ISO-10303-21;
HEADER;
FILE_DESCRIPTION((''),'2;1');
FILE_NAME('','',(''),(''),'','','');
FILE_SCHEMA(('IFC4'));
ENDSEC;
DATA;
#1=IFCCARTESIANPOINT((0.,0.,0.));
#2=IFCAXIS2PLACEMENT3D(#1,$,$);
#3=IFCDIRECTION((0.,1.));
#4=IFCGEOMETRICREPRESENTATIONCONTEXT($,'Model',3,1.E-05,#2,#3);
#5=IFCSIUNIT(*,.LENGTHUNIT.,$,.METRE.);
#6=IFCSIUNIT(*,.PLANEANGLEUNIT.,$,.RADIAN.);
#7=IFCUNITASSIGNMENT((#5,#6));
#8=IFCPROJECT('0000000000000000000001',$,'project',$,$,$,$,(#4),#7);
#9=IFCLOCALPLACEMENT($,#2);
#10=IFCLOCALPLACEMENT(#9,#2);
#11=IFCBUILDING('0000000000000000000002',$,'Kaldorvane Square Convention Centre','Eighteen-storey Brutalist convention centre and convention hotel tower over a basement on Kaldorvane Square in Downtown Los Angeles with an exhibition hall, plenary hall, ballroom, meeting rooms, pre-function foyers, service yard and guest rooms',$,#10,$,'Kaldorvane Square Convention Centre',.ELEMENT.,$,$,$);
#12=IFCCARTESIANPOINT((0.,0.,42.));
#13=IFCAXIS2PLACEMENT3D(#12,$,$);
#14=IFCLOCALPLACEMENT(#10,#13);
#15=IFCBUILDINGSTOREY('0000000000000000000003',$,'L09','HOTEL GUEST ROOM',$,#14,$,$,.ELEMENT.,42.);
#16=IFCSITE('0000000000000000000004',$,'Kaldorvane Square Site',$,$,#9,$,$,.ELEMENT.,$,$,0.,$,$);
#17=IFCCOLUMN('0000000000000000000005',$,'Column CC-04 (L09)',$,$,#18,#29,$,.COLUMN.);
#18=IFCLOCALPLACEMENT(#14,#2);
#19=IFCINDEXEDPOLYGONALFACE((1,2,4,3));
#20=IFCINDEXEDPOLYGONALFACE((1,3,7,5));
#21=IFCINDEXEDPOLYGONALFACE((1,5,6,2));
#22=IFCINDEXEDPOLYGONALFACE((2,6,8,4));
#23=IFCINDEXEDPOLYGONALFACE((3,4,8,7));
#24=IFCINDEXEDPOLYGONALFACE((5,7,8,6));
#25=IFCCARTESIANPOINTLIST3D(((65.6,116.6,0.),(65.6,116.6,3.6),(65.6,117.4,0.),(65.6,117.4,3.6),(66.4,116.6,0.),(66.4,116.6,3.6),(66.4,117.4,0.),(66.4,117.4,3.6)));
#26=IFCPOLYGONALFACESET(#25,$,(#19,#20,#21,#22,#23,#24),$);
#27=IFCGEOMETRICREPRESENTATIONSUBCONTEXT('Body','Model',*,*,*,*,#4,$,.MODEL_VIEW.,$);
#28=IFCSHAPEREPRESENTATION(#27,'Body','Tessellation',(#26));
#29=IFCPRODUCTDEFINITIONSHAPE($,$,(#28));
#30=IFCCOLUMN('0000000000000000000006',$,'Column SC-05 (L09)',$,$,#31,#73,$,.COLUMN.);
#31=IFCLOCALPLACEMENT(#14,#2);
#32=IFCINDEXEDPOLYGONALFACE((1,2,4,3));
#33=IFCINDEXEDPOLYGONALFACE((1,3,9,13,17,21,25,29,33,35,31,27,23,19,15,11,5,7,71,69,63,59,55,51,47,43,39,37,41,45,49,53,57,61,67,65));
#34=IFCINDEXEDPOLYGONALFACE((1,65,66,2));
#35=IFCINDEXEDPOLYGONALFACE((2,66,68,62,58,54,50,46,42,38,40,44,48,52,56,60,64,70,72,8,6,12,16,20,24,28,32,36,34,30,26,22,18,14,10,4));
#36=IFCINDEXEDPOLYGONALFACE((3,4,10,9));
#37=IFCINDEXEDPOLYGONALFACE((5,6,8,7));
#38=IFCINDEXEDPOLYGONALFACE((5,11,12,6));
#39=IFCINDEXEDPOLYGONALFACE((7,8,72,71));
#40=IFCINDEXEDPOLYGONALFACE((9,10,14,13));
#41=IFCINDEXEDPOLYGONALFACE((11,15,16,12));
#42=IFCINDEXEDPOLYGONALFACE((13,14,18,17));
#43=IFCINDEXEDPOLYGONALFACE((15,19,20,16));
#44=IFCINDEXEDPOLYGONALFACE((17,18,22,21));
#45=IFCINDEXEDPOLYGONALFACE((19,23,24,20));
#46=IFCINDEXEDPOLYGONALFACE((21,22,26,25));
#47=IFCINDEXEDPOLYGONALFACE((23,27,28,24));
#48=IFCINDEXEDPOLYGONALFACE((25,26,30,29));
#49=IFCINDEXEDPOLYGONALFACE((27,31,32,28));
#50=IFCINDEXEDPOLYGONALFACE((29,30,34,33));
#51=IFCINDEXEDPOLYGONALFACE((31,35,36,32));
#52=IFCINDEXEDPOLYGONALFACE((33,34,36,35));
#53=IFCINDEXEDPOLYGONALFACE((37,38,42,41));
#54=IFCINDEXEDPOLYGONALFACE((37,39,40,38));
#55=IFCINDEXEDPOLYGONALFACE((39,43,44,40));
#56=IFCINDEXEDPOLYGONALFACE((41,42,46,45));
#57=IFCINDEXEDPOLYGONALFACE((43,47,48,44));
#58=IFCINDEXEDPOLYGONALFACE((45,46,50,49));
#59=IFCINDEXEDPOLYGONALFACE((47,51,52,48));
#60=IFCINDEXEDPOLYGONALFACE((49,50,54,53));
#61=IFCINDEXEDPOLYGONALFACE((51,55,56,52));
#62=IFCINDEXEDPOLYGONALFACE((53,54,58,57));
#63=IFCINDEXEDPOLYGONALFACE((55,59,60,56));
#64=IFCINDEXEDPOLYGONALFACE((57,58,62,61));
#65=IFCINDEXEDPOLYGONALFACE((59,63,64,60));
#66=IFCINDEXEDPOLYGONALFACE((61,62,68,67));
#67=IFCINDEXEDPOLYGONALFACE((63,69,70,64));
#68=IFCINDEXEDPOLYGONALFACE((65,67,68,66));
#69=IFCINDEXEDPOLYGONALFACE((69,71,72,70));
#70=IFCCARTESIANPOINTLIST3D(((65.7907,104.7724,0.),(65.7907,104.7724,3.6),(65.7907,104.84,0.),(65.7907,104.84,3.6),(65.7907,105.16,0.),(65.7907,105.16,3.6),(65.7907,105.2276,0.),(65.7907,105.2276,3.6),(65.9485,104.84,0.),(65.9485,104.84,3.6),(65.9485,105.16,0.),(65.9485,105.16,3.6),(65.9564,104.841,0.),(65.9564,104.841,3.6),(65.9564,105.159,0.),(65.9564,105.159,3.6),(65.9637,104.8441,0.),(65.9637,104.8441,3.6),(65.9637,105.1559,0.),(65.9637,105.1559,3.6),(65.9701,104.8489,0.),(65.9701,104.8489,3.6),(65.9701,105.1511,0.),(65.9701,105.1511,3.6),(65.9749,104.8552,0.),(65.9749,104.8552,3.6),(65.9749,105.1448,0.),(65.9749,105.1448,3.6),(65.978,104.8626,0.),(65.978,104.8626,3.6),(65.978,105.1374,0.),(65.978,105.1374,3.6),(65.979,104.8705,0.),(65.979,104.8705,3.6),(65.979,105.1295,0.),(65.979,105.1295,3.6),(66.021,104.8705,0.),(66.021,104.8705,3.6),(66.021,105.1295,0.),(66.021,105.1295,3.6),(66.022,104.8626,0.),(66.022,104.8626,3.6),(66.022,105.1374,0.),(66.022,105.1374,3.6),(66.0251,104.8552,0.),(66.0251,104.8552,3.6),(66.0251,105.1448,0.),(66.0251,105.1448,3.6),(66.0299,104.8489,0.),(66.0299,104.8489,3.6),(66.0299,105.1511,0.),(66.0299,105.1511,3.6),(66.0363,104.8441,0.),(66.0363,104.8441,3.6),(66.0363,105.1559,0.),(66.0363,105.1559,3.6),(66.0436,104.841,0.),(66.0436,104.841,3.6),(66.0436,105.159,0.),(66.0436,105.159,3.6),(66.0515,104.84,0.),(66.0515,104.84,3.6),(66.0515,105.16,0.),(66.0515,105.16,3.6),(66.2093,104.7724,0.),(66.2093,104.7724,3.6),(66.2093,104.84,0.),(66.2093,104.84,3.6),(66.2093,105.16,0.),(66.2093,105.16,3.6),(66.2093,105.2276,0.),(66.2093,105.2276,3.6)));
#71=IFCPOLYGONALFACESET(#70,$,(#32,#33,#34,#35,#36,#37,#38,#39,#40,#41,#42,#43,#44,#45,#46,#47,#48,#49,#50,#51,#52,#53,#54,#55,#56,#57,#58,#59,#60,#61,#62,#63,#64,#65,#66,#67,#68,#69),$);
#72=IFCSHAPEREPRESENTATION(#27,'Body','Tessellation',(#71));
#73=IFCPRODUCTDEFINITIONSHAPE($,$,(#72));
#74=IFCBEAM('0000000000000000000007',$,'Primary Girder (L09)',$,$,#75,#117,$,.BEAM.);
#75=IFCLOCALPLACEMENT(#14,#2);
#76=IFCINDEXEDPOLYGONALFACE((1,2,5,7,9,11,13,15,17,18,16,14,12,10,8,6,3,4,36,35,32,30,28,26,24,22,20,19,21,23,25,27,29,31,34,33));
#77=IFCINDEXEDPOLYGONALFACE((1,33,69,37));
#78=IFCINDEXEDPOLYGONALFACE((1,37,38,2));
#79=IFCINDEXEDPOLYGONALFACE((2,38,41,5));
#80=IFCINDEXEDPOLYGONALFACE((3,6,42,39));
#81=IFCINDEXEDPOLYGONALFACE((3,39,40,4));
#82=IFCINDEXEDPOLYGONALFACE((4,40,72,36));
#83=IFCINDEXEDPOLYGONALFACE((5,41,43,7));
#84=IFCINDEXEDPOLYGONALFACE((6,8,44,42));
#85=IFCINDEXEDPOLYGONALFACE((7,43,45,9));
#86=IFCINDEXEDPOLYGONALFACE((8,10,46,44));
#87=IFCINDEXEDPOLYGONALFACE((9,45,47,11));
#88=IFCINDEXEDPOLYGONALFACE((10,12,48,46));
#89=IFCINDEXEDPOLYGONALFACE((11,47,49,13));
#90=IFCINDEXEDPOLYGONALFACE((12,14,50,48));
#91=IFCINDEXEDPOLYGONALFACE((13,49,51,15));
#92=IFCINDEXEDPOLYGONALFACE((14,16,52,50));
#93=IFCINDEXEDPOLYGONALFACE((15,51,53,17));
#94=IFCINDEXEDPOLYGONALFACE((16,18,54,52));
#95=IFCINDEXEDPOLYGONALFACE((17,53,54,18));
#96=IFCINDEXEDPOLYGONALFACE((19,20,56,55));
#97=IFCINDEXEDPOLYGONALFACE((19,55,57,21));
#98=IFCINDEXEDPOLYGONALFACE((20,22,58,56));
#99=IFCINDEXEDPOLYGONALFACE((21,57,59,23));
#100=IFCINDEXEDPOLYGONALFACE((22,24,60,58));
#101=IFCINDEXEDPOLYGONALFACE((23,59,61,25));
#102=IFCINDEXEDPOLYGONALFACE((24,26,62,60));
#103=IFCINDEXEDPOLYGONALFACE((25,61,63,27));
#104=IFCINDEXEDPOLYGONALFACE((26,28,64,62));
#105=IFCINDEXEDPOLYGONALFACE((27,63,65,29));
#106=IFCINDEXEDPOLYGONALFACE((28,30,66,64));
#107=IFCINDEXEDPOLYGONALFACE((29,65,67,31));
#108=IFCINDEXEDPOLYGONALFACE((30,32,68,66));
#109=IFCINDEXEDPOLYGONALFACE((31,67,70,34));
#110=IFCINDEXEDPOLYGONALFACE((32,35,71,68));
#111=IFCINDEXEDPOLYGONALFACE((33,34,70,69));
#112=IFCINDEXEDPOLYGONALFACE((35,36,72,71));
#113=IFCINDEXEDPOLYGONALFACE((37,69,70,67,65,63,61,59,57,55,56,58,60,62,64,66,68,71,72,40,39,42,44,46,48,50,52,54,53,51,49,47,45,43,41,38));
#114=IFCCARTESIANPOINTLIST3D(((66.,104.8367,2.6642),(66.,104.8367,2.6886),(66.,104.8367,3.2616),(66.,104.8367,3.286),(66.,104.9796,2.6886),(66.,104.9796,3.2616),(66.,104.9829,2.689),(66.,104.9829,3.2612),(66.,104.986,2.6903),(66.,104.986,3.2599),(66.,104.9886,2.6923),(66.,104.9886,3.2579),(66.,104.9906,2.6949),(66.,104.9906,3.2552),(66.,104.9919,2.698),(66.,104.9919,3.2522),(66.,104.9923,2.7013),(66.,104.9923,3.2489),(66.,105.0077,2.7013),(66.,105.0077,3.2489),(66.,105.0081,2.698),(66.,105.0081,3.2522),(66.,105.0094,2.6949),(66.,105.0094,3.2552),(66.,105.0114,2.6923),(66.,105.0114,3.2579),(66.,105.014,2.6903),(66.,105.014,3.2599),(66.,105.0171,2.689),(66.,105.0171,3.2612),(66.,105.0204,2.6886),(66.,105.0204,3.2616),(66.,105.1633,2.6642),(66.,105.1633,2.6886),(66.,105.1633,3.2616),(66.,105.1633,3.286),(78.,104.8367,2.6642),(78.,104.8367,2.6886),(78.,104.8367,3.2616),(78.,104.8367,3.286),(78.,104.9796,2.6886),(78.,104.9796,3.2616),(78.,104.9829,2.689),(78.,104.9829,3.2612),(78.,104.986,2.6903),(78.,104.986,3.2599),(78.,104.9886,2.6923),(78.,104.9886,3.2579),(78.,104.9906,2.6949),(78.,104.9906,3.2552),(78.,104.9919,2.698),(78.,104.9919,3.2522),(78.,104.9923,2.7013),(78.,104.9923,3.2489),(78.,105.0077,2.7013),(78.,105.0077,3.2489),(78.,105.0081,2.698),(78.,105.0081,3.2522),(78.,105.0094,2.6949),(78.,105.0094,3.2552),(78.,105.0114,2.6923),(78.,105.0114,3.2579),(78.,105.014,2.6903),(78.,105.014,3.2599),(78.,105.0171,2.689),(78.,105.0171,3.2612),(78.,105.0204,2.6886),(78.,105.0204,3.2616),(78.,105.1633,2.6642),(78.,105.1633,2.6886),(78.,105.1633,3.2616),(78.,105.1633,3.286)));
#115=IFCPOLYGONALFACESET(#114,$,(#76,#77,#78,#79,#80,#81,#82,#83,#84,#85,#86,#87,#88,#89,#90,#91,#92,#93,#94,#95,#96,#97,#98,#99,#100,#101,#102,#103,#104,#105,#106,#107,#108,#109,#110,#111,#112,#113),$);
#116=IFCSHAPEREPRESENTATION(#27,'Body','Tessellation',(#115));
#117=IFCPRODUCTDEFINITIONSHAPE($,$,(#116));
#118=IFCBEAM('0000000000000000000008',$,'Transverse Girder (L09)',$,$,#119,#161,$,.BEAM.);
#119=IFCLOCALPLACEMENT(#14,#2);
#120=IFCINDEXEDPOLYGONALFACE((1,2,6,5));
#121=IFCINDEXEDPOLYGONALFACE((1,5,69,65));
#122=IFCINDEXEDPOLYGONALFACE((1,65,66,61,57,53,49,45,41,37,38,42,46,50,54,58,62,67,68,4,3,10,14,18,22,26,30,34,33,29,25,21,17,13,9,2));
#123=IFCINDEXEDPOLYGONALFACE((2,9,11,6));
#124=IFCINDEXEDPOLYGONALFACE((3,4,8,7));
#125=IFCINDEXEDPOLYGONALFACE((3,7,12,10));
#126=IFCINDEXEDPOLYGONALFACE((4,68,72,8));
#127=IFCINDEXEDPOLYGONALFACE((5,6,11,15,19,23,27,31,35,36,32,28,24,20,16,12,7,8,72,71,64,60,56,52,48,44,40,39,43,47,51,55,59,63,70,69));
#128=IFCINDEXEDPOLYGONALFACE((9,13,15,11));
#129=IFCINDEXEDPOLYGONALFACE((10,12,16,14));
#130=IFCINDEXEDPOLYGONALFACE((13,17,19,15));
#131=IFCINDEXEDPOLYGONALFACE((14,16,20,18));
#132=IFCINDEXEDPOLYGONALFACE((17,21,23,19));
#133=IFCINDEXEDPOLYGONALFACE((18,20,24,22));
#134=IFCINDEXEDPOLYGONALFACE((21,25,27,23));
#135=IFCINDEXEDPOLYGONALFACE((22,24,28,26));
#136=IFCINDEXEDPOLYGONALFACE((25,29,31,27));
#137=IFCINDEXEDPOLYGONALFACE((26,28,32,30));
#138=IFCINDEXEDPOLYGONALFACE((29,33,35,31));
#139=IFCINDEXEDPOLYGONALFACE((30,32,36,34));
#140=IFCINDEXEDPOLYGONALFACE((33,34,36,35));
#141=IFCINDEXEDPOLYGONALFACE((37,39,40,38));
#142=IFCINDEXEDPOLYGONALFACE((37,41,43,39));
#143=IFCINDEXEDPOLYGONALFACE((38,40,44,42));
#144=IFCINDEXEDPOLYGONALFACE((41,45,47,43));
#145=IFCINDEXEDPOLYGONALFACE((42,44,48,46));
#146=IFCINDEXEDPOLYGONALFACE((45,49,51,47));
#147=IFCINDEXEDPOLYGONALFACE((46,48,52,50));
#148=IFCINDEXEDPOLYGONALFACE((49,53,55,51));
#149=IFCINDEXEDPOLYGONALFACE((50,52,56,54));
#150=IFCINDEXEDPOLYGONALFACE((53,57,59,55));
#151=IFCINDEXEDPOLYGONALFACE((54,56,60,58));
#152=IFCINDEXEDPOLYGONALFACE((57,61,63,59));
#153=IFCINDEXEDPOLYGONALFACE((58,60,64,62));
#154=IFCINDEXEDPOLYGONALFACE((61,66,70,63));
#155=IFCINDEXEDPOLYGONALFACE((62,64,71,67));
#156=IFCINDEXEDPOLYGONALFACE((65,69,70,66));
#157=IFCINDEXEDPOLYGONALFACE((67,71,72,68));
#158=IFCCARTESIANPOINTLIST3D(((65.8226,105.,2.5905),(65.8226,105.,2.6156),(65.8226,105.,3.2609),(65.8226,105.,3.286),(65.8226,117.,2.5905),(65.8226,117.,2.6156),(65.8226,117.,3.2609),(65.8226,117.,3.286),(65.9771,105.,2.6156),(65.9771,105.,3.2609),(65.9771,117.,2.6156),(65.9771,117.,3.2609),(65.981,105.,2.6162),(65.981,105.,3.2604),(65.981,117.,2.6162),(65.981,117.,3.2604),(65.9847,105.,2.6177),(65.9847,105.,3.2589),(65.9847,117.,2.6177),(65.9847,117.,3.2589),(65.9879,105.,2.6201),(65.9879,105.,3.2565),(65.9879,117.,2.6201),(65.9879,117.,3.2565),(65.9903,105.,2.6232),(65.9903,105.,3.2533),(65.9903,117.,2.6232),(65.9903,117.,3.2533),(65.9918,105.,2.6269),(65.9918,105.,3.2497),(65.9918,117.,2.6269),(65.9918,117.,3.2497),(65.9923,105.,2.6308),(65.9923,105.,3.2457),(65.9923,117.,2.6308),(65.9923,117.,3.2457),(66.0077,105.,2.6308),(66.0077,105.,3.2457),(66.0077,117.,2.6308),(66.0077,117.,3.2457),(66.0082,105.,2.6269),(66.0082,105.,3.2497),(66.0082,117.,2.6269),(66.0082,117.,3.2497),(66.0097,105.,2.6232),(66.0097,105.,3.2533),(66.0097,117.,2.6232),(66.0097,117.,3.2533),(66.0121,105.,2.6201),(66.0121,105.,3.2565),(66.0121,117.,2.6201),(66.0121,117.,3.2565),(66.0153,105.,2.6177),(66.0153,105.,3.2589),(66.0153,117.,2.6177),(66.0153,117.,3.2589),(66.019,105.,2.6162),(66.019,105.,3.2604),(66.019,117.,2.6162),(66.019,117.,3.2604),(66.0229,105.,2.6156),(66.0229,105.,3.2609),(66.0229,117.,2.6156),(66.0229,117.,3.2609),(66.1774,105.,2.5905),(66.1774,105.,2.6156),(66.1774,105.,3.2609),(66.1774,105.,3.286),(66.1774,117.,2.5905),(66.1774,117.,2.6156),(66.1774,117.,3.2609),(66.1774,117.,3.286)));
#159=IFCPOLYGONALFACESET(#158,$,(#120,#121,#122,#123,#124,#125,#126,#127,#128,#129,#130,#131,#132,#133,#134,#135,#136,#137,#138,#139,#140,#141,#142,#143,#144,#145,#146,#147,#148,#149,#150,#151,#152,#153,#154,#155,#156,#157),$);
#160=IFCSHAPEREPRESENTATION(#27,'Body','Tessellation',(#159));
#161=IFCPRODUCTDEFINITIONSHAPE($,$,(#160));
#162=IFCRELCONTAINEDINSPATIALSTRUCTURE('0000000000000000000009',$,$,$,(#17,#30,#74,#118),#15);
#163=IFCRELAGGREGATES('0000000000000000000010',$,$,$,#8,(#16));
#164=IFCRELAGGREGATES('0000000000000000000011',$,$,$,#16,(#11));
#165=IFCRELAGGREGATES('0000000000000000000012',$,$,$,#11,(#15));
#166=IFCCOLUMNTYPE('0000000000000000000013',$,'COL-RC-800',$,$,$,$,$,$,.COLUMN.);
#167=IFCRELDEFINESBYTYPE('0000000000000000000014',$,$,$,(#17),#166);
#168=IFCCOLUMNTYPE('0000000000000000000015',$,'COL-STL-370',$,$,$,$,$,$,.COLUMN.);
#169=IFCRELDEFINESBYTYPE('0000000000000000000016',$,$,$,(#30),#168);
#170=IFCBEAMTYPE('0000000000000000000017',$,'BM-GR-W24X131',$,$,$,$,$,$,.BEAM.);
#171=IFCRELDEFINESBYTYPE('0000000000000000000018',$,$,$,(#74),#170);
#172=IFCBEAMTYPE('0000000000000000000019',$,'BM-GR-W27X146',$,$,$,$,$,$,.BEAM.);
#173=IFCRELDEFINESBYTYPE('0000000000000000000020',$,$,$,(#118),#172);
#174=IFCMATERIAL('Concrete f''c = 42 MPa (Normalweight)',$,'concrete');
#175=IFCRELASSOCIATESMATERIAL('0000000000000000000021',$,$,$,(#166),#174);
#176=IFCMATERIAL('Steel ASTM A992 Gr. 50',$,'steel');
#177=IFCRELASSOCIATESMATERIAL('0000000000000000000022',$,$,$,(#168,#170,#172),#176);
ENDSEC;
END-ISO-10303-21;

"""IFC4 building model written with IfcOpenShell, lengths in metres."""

from ifc_helpers import new_model, si_unit, direction, frame, origin, origin_2d, place, context, subcontext, project, spatial, rectangle, i_section, extrude, material, material_profile, profile_set, type_object, element, save


model = new_model("IFC4")

# Units and contexts
model_context = context("Model", 3, precision=1e-05, world=origin(), true_north=direction((0.0, 1.0)))
body_context = subcontext(model_context, "Body", "Model", "MODEL_VIEW")
ifc_project = project(units=[si_unit("LENGTHUNIT", "METRE"), si_unit("PLANEANGLEUNIT", "RADIAN")], contexts=[model_context])

# Site, building, storey
site_placement = place(None, origin())
site = spatial("IfcSite", under=ifc_project, at=site_placement, Name="Kaldorvane Square Site", CompositionType="ELEMENT", RefElevation=0.0)
building_placement = place(site_placement, origin())
building = spatial("IfcBuilding", under=site, at=building_placement, Name="Kaldorvane Square Convention Centre", Description="Eighteen-storey Brutalist convention centre and convention hotel tower over a basement on Kaldorvane Square in Downtown Los Angeles with an exhibition hall, plenary hall, ballroom, meeting rooms, pre-function foyers, service yard and guest rooms", LongName="Kaldorvane Square Convention Centre", CompositionType="ELEMENT")
storey_placement = place(building_placement, frame((0.0, 0.0, 42.0)))
storey = spatial("IfcBuildingStorey", under=building, at=storey_placement, Name="L09", Description="HOTEL GUEST ROOM", CompositionType="ELEMENT", Elevation=42.0)

# Columns
ifc_material_1 = material(Name="Concrete f'c = 42 MPa (Normalweight)", Category="concrete")
ifc_material_profile_1 = material_profile(ifc_material_1, rectangle(XDim=0.8, YDim=0.8, at=origin_2d()), Name="RC800X800")
ifc_profile_set_1 = profile_set([ifc_material_profile_1], Name="Concrete f'c = 42 MPa (Normalweight)")
column_type_1 = type_object("IfcColumnType", Name="COL-RC-800", PredefinedType="COLUMN", material=ifc_profile_set_1)
column_1_placement = place(storey_placement, frame((66.0, 117.0, 0.0), z_axis=(0.0, 0.0, 1.0), x_axis=(1.0, 0.0, 0.0)))
element("IfcColumn", 1, at=column_1_placement, inside=storey, type_object=column_type_1, Name="Column CC-04 (L09)", PredefinedType="COLUMN", context=body_context, shape_type="SweptSolid", body=[
    extrude(rectangle(XDim=0.8, YDim=0.8, at=origin_2d()), origin(), (0.0, 0.0, 1.0), 3.6),
])
ifc_material_2 = material(Name="Steel ASTM A992 Gr. 50", Category="steel")
ifc_material_profile_2 = material_profile(ifc_material_2, i_section(OverallWidth=0.4185, OverallDepth=0.4552, WebThickness=0.042, FlangeThickness=0.0676, FilletRadius=0.0305, at=origin_2d()), Name="W14X370")
ifc_profile_set_2 = profile_set([ifc_material_profile_2], Name="Steel ASTM A992 Gr. 50")
column_type_2 = type_object("IfcColumnType", Name="COL-STL-370", PredefinedType="COLUMN", material=ifc_profile_set_2)
column_2_placement = place(storey_placement, frame((66.0, 105.0, 0.0), z_axis=(0.0, 0.0, 1.0), x_axis=(1.0, 0.0, 0.0)))
element("IfcColumn", 2, at=column_2_placement, inside=storey, type_object=column_type_2, Name="Column SC-05 (L09)", PredefinedType="COLUMN", context=body_context, shape_type="SweptSolid", body=[
    extrude(i_section(OverallWidth=0.4185, OverallDepth=0.4552, WebThickness=0.042, FlangeThickness=0.0676, FilletRadius=0.0305, at=origin_2d()), origin(), (0.0, 0.0, 1.0), 3.6),
])

# Beams
ifc_material_profile_3 = material_profile(ifc_material_2, i_section(OverallWidth=0.3265, OverallDepth=0.6218, WebThickness=0.0154, FlangeThickness=0.0244, FilletRadius=0.0127, at=origin_2d()), Name="W24X131")
ifc_profile_set_3 = profile_set([ifc_material_profile_3], Name="Steel ASTM A992 Gr. 50")
beam_type_1 = type_object("IfcBeamType", Name="BM-GR-W24X131", PredefinedType="BEAM", material=ifc_profile_set_3)
beam_1_placement = place(storey_placement, frame((66.0, 105.0, 2.9751), z_axis=(1.0, 0.0, 0.0), x_axis=(0.0, 1.0, 0.0)))
element("IfcBeam", 3, at=beam_1_placement, inside=storey, type_object=beam_type_1, Name="Primary Girder (L09)", PredefinedType="BEAM", context=body_context, shape_type="SweptSolid", body=[
    extrude(i_section(OverallWidth=0.3265, OverallDepth=0.6218, WebThickness=0.0154, FlangeThickness=0.0244, FilletRadius=0.0127, at=origin_2d()), origin(), (0.0, 0.0, 1.0), 12.0),
])
ifc_material_profile_4 = material_profile(ifc_material_2, i_section(OverallWidth=0.3547, OverallDepth=0.6955, WebThickness=0.0154, FlangeThickness=0.0251, FilletRadius=0.0152, at=origin_2d()), Name="W27X146")
ifc_profile_set_4 = profile_set([ifc_material_profile_4], Name="Steel ASTM A992 Gr. 50")
beam_type_2 = type_object("IfcBeamType", Name="BM-GR-W27X146", PredefinedType="BEAM", material=ifc_profile_set_4)
beam_2_placement = place(storey_placement, frame((66.0, 105.0, 2.9383), z_axis=(0.0, 1.0, 0.0), x_axis=(-1.0, 0.0, 0.0)))
element("IfcBeam", 4, at=beam_2_placement, inside=storey, type_object=beam_type_2, Name="Transverse Girder (L09)", PredefinedType="BEAM", context=body_context, shape_type="SweptSolid", body=[
    extrude(i_section(OverallWidth=0.3547, OverallDepth=0.6955, WebThickness=0.0154, FlangeThickness=0.0251, FilletRadius=0.0152, at=origin_2d()), origin(), (0.0, 0.0, 1.0), 12.0),
])

save(model, "model.ifc")
